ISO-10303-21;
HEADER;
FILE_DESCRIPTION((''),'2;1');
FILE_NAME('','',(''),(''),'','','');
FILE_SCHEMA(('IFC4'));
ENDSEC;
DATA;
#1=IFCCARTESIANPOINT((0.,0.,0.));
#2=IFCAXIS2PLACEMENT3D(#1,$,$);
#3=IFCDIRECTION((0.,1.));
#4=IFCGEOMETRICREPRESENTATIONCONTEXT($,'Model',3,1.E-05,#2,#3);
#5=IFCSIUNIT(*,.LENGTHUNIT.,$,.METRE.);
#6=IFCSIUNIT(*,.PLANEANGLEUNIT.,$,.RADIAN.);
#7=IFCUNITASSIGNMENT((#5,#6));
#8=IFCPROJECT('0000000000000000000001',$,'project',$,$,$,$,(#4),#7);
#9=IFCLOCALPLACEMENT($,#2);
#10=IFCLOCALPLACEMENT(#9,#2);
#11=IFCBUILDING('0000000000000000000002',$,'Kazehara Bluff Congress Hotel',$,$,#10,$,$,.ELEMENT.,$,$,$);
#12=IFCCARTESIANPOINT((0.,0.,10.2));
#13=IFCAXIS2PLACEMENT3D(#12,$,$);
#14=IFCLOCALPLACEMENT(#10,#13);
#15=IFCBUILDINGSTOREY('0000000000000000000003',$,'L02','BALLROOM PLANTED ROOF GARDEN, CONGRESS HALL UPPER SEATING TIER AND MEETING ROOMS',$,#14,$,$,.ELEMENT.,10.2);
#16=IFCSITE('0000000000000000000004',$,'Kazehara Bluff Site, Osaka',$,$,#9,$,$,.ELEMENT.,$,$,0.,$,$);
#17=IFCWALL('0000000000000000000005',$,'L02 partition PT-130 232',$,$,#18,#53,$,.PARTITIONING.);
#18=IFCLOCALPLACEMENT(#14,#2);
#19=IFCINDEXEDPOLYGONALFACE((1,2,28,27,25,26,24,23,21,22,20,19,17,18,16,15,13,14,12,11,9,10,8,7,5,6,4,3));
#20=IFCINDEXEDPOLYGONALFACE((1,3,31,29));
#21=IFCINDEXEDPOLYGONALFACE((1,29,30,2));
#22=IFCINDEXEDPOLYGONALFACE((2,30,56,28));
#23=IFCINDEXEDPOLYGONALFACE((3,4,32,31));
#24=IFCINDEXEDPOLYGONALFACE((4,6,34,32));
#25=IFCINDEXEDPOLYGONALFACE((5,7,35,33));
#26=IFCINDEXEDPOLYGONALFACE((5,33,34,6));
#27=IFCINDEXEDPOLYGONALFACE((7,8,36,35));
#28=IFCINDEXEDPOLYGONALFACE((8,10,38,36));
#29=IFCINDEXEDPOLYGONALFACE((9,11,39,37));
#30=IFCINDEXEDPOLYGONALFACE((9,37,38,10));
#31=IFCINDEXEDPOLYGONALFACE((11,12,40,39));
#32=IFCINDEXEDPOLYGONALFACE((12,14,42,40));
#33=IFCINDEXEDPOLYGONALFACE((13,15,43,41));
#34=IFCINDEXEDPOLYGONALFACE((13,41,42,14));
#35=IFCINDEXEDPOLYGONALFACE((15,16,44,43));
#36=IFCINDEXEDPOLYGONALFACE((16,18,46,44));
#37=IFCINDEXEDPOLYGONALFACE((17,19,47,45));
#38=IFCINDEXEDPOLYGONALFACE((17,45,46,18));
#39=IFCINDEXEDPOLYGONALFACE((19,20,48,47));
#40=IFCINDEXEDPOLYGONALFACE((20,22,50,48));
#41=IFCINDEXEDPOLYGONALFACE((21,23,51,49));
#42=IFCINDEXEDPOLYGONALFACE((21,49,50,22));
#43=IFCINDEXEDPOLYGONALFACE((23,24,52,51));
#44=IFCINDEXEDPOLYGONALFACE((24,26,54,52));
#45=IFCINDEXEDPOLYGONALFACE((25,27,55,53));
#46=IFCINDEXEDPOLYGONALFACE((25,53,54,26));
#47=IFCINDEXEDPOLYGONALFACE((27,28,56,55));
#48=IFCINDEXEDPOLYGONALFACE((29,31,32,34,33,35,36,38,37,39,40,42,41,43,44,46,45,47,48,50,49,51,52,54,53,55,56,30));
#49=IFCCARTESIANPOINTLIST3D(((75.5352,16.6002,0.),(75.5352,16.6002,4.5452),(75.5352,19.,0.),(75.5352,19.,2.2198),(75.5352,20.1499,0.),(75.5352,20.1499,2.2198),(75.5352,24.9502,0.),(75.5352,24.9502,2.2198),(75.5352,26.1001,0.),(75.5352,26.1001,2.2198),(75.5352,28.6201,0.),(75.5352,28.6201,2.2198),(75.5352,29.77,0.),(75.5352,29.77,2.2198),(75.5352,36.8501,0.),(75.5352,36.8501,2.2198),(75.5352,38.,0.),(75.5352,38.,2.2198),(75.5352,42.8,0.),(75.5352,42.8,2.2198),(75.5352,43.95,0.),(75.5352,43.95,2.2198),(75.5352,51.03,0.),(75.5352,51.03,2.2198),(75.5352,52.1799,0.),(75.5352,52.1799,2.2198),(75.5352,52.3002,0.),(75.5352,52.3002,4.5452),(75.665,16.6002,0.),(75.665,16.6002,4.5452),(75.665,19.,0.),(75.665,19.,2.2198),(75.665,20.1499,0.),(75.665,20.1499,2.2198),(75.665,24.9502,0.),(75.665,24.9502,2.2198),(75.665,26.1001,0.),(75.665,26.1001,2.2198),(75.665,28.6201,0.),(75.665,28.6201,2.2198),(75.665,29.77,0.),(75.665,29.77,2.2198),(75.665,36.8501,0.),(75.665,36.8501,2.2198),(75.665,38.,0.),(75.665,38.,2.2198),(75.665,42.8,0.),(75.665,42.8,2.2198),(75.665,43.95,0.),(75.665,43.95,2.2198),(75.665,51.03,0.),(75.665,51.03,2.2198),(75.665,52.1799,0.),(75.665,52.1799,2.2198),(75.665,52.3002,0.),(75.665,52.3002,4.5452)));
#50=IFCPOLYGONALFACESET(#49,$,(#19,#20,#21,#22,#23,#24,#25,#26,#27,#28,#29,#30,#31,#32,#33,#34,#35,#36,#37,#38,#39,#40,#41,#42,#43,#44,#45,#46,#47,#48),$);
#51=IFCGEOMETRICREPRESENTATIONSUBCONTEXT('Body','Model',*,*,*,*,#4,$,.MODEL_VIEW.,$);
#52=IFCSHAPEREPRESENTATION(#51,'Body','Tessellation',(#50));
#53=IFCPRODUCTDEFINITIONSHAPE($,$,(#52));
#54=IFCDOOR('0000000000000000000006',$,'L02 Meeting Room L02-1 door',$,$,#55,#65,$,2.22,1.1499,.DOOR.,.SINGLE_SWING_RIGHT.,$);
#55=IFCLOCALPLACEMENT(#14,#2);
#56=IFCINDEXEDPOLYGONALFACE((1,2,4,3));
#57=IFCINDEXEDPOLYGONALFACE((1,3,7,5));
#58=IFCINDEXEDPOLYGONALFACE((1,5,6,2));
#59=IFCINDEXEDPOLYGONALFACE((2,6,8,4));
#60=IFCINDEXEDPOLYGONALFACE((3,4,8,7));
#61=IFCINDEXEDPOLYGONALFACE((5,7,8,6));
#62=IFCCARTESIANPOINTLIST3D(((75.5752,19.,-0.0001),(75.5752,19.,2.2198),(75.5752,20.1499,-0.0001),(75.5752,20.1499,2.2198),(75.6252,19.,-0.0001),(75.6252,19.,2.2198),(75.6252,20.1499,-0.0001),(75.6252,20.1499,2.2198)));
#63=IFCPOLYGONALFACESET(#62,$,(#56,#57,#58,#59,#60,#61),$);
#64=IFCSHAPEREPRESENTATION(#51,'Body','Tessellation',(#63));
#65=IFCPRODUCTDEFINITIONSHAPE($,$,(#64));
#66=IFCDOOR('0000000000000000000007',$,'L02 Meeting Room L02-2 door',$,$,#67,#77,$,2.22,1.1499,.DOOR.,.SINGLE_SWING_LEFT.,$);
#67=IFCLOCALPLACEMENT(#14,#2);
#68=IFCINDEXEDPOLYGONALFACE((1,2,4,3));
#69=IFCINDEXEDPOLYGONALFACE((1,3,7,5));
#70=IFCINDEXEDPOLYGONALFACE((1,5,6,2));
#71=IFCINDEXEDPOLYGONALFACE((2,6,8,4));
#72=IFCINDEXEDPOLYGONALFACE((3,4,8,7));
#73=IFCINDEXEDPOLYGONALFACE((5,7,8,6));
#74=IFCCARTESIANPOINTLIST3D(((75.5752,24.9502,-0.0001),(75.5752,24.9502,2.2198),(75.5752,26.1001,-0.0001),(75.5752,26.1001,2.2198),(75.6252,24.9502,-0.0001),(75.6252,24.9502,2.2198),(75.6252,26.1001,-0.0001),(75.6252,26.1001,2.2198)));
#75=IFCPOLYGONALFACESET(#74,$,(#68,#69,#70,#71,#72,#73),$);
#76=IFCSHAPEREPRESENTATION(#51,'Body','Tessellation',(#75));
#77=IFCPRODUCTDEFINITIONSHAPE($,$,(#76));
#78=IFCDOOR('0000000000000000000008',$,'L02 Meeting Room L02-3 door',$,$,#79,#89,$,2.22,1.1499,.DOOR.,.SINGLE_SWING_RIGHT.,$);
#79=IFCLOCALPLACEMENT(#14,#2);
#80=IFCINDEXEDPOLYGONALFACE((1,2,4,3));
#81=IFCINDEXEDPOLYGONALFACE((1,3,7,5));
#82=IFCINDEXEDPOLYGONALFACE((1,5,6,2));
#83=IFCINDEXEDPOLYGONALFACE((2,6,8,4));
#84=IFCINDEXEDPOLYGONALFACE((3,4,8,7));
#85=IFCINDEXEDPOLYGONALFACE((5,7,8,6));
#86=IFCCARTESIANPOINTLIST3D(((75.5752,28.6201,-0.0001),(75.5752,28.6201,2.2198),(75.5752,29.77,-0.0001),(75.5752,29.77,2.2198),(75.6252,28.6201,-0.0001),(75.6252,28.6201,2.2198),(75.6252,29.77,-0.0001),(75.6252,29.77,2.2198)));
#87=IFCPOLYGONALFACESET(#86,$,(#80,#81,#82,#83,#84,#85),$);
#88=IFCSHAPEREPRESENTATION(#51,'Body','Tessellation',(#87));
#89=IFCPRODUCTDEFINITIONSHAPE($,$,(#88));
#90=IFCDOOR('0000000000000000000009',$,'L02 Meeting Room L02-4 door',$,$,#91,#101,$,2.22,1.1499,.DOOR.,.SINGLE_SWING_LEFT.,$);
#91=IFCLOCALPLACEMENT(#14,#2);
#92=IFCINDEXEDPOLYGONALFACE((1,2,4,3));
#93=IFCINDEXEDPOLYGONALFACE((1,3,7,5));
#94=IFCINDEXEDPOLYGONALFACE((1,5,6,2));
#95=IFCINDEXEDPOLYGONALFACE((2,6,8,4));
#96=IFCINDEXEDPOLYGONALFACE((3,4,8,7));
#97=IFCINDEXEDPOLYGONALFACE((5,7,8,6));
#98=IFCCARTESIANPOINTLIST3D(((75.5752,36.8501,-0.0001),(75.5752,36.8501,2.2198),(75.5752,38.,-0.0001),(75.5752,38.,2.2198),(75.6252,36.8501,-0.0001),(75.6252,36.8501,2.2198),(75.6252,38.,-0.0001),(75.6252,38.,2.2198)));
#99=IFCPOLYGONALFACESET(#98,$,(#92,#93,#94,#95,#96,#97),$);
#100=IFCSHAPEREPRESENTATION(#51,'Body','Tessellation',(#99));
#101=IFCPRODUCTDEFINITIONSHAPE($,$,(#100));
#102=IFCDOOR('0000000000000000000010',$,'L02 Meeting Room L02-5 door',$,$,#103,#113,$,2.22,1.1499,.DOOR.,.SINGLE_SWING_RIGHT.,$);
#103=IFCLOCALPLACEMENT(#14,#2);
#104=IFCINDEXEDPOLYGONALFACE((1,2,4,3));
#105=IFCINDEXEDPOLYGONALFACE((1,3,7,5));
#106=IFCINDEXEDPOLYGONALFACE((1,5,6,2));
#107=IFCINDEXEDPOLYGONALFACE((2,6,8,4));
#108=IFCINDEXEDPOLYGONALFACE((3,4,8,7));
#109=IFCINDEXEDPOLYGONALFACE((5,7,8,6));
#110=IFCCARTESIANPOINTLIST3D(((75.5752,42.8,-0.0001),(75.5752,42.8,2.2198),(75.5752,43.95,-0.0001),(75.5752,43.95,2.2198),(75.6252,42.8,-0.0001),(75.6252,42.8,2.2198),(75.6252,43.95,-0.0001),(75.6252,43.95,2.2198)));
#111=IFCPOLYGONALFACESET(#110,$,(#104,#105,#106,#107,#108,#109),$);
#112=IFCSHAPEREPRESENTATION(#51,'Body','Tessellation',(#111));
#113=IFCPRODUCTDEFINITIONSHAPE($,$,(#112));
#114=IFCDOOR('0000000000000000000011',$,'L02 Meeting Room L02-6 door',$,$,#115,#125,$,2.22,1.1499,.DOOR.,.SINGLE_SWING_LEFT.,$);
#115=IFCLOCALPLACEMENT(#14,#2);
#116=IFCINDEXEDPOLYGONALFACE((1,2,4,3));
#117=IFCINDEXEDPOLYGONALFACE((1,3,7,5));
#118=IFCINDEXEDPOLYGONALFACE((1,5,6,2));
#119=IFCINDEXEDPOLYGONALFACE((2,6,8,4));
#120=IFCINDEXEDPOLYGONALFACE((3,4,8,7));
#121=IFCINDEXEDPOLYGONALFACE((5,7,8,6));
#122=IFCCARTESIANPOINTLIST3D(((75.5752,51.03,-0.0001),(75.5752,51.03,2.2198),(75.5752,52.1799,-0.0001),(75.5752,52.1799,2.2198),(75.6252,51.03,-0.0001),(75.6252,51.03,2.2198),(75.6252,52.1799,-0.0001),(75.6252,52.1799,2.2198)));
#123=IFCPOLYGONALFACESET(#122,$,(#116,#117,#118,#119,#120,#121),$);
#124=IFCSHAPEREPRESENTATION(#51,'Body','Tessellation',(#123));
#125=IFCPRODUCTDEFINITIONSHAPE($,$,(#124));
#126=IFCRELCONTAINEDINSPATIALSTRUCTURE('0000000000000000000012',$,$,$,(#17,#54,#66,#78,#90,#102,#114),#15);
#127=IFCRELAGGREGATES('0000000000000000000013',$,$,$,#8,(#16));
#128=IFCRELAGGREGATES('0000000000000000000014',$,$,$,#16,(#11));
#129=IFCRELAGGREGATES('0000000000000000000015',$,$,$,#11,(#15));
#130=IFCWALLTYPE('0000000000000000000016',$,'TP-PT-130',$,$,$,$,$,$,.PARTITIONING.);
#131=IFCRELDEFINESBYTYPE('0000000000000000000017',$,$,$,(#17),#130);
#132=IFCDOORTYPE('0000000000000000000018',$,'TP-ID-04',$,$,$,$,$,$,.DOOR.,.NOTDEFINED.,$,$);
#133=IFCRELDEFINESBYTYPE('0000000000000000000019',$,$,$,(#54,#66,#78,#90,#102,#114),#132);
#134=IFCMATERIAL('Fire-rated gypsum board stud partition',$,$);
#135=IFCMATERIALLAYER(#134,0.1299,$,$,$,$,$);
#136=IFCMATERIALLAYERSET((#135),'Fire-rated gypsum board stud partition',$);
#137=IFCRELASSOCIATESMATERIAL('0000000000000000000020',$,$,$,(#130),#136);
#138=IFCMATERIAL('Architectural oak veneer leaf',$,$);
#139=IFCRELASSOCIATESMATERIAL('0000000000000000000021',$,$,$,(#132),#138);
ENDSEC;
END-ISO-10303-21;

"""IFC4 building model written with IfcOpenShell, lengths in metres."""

from ifc_helpers import new_model, si_unit, direction, frame, frame_2d, origin, place, context, subcontext, project, spatial, rectangle, extrude, material, layer, layer_set, type_object, element, fill, save


model = new_model("IFC4")

# Units and contexts
model_context = context("Model", 3, precision=1e-05, world=origin(), true_north=direction((0.0, 1.0)))
body_context = subcontext(model_context, "Body", "Model", "MODEL_VIEW")
ifc_project = project(units=[si_unit("LENGTHUNIT", "METRE"), si_unit("PLANEANGLEUNIT", "RADIAN")], contexts=[model_context])

# Site, building, storey
site_placement = place(None, origin())
site = spatial("IfcSite", under=ifc_project, at=site_placement, Name="Kazehara Bluff Site, Osaka", CompositionType="ELEMENT", RefElevation=0.0)
building_placement = place(site_placement, origin())
building = spatial("IfcBuilding", under=site, at=building_placement, Name="Kazehara Bluff Congress Hotel", CompositionType="ELEMENT")
storey_placement = place(building_placement, frame((0.0, 0.0, 10.2)))
storey = spatial("IfcBuildingStorey", under=building, at=storey_placement, Name="L02", Description="BALLROOM PLANTED ROOF GARDEN, CONGRESS HALL UPPER SEATING TIER AND MEETING ROOMS", CompositionType="ELEMENT", Elevation=10.2)

# Wall, openings, doors
ifc_material_1 = material(Name="Fire-rated gypsum board stud partition")
ifc_layer_1 = layer(ifc_material_1, 0.1299)
ifc_layer_set_1 = layer_set([ifc_layer_1], Name="Fire-rated gypsum board stud partition")
wall_type_1 = type_object("IfcWallType", Name="TP-PT-130", PredefinedType="PARTITIONING", material=ifc_layer_set_1)
wall_1_placement = place(storey_placement, frame((75.6001, 16.6001, 0.0), z_axis=(0.0, 0.0, 1.0), x_axis=(0.0, 1.0, 0.0)))
wall_1 = element("IfcWall", 1, at=wall_1_placement, inside=storey, type_object=wall_type_1, Name="L02 partition PT-130 232", PredefinedType="PARTITIONING", context=body_context, shape_type="SweptSolid", body=[
    extrude(rectangle(XDim=35.7, YDim=0.1299, at=frame_2d((17.8501, 0.0))), origin(), (0.0, 0.0, 1.0), 4.5452),
])
opening_1_placement = place(wall_1_placement, frame((2.3999, 0.0, 0.0)))
opening_1 = element("IfcOpeningElement", 2, at=opening_1_placement, cuts=wall_1, PredefinedType="OPENING", context=body_context, shape_type="SweptSolid", body=[
    extrude(rectangle(XDim=1.1499, YDim=2.22, at=frame_2d((0.575, 1.1099))), frame((0.0, 0.075, 0.0), z_axis=(0.0, -1.0, 0.0), x_axis=(1.0, 0.0, 0.0)), (0.0, 0.0, 1.0), 0.1499),
])
opening_2_placement = place(wall_1_placement, frame((8.3501, 0.0, 0.0)))
opening_2 = element("IfcOpeningElement", 3, at=opening_2_placement, cuts=wall_1, PredefinedType="OPENING", context=body_context, shape_type="SweptSolid", body=[
    extrude(rectangle(XDim=1.1499, YDim=2.22, at=frame_2d((0.575, 1.1099))), frame((0.0, 0.075, 0.0), z_axis=(0.0, -1.0, 0.0), x_axis=(1.0, 0.0, 0.0)), (0.0, 0.0, 1.0), 0.1499),
])
opening_3_placement = place(wall_1_placement, frame((12.02, 0.0, 0.0)))
opening_3 = element("IfcOpeningElement", 4, at=opening_3_placement, cuts=wall_1, PredefinedType="OPENING", context=body_context, shape_type="SweptSolid", body=[
    extrude(rectangle(XDim=1.1499, YDim=2.22, at=frame_2d((0.575, 1.1099))), frame((0.0, 0.075, 0.0), z_axis=(0.0, -1.0, 0.0), x_axis=(1.0, 0.0, 0.0)), (0.0, 0.0, 1.0), 0.1499),
])
opening_4_placement = place(wall_1_placement, frame((20.25, 0.0, 0.0)))
opening_4 = element("IfcOpeningElement", 5, at=opening_4_placement, cuts=wall_1, PredefinedType="OPENING", context=body_context, shape_type="SweptSolid", body=[
    extrude(rectangle(XDim=1.1499, YDim=2.22, at=frame_2d((0.575, 1.1099))), frame((0.0, 0.075, 0.0), z_axis=(0.0, -1.0, 0.0), x_axis=(1.0, 0.0, 0.0)), (0.0, 0.0, 1.0), 0.1499),
])
opening_5_placement = place(wall_1_placement, frame((26.2, 0.0, 0.0)))
opening_5 = element("IfcOpeningElement", 6, at=opening_5_placement, cuts=wall_1, PredefinedType="OPENING", context=body_context, shape_type="SweptSolid", body=[
    extrude(rectangle(XDim=1.1499, YDim=2.22, at=frame_2d((0.575, 1.1099))), frame((0.0, 0.075, 0.0), z_axis=(0.0, -1.0, 0.0), x_axis=(1.0, 0.0, 0.0)), (0.0, 0.0, 1.0), 0.1499),
])
opening_6_placement = place(wall_1_placement, frame((34.4299, 0.0, 0.0)))
opening_6 = element("IfcOpeningElement", 7, at=opening_6_placement, cuts=wall_1, PredefinedType="OPENING", context=body_context, shape_type="SweptSolid", body=[
    extrude(rectangle(XDim=1.1499, YDim=2.22, at=frame_2d((0.575, 1.1099))), frame((0.0, 0.075, 0.0), z_axis=(0.0, -1.0, 0.0), x_axis=(1.0, 0.0, 0.0)), (0.0, 0.0, 1.0), 0.1499),
])
ifc_material_2 = material(Name="Architectural oak veneer leaf")
door_type_1 = type_object("IfcDoorType", Name="TP-ID-04", OperationType="NOTDEFINED", PredefinedType="DOOR", material=ifc_material_2)
door_1_placement = place(opening_1_placement, origin())
door_1 = element("IfcDoor", 8, at=door_1_placement, inside=storey, type_object=door_type_1, Name="L02 Meeting Room L02-1 door", OperationType="SINGLE_SWING_RIGHT", OverallHeight=2.22, OverallWidth=1.1499, PredefinedType="DOOR", context=body_context, shape_type="SweptSolid", body=[
    extrude(rectangle(XDim=1.1499, YDim=2.22, at=frame_2d((0.575, 1.1099))), frame((0.0, 0.0249, 0.0), z_axis=(0.0, -1.0, 0.0), x_axis=(1.0, 0.0, 0.0)), (0.0, 0.0, 1.0), 0.05),
])
fill(opening_1, door_1)
door_2_placement = place(opening_2_placement, origin())
door_2 = element("IfcDoor", 9, at=door_2_placement, inside=storey, type_object=door_type_1, Name="L02 Meeting Room L02-2 door", OperationType="SINGLE_SWING_LEFT", OverallHeight=2.22, OverallWidth=1.1499, PredefinedType="DOOR", context=body_context, shape_type="SweptSolid", body=[
    extrude(rectangle(XDim=1.1499, YDim=2.22, at=frame_2d((0.575, 1.1099))), frame((0.0, 0.0249, 0.0), z_axis=(0.0, -1.0, 0.0), x_axis=(1.0, 0.0, 0.0)), (0.0, 0.0, 1.0), 0.05),
])
fill(opening_2, door_2)
door_3_placement = place(opening_3_placement, origin())
door_3 = element("IfcDoor", 10, at=door_3_placement, inside=storey, type_object=door_type_1, Name="L02 Meeting Room L02-3 door", OperationType="SINGLE_SWING_RIGHT", OverallHeight=2.22, OverallWidth=1.1499, PredefinedType="DOOR", context=body_context, shape_type="SweptSolid", body=[
    extrude(rectangle(XDim=1.1499, YDim=2.22, at=frame_2d((0.575, 1.1099))), frame((0.0, 0.0249, 0.0), z_axis=(0.0, -1.0, 0.0), x_axis=(1.0, 0.0, 0.0)), (0.0, 0.0, 1.0), 0.05),
])
fill(opening_3, door_3)
door_4_placement = place(opening_4_placement, origin())
door_4 = element("IfcDoor", 11, at=door_4_placement, inside=storey, type_object=door_type_1, Name="L02 Meeting Room L02-4 door", OperationType="SINGLE_SWING_LEFT", OverallHeight=2.22, OverallWidth=1.1499, PredefinedType="DOOR", context=body_context, shape_type="SweptSolid", body=[
    extrude(rectangle(XDim=1.1499, YDim=2.22, at=frame_2d((0.575, 1.1099))), frame((0.0, 0.0249, 0.0), z_axis=(0.0, -1.0, 0.0), x_axis=(1.0, 0.0, 0.0)), (0.0, 0.0, 1.0), 0.05),
])
fill(opening_4, door_4)
door_5_placement = place(opening_5_placement, origin())
door_5 = element("IfcDoor", 12, at=door_5_placement, inside=storey, type_object=door_type_1, Name="L02 Meeting Room L02-5 door", OperationType="SINGLE_SWING_RIGHT", OverallHeight=2.22, OverallWidth=1.1499, PredefinedType="DOOR", context=body_context, shape_type="SweptSolid", body=[
    extrude(rectangle(XDim=1.1499, YDim=2.22, at=frame_2d((0.575, 1.1099))), frame((0.0, 0.0249, 0.0), z_axis=(0.0, -1.0, 0.0), x_axis=(1.0, 0.0, 0.0)), (0.0, 0.0, 1.0), 0.05),
])
fill(opening_5, door_5)
door_6_placement = place(opening_6_placement, origin())
door_6 = element("IfcDoor", 13, at=door_6_placement, inside=storey, type_object=door_type_1, Name="L02 Meeting Room L02-6 door", OperationType="SINGLE_SWING_LEFT", OverallHeight=2.22, OverallWidth=1.1499, PredefinedType="DOOR", context=body_context, shape_type="SweptSolid", body=[
    extrude(rectangle(XDim=1.1499, YDim=2.22, at=frame_2d((0.575, 1.1099))), frame((0.0, 0.0249, 0.0), z_axis=(0.0, -1.0, 0.0), x_axis=(1.0, 0.0, 0.0)), (0.0, 0.0, 1.0), 0.05),
])
fill(opening_6, door_6)

save(model, "model.ifc")
